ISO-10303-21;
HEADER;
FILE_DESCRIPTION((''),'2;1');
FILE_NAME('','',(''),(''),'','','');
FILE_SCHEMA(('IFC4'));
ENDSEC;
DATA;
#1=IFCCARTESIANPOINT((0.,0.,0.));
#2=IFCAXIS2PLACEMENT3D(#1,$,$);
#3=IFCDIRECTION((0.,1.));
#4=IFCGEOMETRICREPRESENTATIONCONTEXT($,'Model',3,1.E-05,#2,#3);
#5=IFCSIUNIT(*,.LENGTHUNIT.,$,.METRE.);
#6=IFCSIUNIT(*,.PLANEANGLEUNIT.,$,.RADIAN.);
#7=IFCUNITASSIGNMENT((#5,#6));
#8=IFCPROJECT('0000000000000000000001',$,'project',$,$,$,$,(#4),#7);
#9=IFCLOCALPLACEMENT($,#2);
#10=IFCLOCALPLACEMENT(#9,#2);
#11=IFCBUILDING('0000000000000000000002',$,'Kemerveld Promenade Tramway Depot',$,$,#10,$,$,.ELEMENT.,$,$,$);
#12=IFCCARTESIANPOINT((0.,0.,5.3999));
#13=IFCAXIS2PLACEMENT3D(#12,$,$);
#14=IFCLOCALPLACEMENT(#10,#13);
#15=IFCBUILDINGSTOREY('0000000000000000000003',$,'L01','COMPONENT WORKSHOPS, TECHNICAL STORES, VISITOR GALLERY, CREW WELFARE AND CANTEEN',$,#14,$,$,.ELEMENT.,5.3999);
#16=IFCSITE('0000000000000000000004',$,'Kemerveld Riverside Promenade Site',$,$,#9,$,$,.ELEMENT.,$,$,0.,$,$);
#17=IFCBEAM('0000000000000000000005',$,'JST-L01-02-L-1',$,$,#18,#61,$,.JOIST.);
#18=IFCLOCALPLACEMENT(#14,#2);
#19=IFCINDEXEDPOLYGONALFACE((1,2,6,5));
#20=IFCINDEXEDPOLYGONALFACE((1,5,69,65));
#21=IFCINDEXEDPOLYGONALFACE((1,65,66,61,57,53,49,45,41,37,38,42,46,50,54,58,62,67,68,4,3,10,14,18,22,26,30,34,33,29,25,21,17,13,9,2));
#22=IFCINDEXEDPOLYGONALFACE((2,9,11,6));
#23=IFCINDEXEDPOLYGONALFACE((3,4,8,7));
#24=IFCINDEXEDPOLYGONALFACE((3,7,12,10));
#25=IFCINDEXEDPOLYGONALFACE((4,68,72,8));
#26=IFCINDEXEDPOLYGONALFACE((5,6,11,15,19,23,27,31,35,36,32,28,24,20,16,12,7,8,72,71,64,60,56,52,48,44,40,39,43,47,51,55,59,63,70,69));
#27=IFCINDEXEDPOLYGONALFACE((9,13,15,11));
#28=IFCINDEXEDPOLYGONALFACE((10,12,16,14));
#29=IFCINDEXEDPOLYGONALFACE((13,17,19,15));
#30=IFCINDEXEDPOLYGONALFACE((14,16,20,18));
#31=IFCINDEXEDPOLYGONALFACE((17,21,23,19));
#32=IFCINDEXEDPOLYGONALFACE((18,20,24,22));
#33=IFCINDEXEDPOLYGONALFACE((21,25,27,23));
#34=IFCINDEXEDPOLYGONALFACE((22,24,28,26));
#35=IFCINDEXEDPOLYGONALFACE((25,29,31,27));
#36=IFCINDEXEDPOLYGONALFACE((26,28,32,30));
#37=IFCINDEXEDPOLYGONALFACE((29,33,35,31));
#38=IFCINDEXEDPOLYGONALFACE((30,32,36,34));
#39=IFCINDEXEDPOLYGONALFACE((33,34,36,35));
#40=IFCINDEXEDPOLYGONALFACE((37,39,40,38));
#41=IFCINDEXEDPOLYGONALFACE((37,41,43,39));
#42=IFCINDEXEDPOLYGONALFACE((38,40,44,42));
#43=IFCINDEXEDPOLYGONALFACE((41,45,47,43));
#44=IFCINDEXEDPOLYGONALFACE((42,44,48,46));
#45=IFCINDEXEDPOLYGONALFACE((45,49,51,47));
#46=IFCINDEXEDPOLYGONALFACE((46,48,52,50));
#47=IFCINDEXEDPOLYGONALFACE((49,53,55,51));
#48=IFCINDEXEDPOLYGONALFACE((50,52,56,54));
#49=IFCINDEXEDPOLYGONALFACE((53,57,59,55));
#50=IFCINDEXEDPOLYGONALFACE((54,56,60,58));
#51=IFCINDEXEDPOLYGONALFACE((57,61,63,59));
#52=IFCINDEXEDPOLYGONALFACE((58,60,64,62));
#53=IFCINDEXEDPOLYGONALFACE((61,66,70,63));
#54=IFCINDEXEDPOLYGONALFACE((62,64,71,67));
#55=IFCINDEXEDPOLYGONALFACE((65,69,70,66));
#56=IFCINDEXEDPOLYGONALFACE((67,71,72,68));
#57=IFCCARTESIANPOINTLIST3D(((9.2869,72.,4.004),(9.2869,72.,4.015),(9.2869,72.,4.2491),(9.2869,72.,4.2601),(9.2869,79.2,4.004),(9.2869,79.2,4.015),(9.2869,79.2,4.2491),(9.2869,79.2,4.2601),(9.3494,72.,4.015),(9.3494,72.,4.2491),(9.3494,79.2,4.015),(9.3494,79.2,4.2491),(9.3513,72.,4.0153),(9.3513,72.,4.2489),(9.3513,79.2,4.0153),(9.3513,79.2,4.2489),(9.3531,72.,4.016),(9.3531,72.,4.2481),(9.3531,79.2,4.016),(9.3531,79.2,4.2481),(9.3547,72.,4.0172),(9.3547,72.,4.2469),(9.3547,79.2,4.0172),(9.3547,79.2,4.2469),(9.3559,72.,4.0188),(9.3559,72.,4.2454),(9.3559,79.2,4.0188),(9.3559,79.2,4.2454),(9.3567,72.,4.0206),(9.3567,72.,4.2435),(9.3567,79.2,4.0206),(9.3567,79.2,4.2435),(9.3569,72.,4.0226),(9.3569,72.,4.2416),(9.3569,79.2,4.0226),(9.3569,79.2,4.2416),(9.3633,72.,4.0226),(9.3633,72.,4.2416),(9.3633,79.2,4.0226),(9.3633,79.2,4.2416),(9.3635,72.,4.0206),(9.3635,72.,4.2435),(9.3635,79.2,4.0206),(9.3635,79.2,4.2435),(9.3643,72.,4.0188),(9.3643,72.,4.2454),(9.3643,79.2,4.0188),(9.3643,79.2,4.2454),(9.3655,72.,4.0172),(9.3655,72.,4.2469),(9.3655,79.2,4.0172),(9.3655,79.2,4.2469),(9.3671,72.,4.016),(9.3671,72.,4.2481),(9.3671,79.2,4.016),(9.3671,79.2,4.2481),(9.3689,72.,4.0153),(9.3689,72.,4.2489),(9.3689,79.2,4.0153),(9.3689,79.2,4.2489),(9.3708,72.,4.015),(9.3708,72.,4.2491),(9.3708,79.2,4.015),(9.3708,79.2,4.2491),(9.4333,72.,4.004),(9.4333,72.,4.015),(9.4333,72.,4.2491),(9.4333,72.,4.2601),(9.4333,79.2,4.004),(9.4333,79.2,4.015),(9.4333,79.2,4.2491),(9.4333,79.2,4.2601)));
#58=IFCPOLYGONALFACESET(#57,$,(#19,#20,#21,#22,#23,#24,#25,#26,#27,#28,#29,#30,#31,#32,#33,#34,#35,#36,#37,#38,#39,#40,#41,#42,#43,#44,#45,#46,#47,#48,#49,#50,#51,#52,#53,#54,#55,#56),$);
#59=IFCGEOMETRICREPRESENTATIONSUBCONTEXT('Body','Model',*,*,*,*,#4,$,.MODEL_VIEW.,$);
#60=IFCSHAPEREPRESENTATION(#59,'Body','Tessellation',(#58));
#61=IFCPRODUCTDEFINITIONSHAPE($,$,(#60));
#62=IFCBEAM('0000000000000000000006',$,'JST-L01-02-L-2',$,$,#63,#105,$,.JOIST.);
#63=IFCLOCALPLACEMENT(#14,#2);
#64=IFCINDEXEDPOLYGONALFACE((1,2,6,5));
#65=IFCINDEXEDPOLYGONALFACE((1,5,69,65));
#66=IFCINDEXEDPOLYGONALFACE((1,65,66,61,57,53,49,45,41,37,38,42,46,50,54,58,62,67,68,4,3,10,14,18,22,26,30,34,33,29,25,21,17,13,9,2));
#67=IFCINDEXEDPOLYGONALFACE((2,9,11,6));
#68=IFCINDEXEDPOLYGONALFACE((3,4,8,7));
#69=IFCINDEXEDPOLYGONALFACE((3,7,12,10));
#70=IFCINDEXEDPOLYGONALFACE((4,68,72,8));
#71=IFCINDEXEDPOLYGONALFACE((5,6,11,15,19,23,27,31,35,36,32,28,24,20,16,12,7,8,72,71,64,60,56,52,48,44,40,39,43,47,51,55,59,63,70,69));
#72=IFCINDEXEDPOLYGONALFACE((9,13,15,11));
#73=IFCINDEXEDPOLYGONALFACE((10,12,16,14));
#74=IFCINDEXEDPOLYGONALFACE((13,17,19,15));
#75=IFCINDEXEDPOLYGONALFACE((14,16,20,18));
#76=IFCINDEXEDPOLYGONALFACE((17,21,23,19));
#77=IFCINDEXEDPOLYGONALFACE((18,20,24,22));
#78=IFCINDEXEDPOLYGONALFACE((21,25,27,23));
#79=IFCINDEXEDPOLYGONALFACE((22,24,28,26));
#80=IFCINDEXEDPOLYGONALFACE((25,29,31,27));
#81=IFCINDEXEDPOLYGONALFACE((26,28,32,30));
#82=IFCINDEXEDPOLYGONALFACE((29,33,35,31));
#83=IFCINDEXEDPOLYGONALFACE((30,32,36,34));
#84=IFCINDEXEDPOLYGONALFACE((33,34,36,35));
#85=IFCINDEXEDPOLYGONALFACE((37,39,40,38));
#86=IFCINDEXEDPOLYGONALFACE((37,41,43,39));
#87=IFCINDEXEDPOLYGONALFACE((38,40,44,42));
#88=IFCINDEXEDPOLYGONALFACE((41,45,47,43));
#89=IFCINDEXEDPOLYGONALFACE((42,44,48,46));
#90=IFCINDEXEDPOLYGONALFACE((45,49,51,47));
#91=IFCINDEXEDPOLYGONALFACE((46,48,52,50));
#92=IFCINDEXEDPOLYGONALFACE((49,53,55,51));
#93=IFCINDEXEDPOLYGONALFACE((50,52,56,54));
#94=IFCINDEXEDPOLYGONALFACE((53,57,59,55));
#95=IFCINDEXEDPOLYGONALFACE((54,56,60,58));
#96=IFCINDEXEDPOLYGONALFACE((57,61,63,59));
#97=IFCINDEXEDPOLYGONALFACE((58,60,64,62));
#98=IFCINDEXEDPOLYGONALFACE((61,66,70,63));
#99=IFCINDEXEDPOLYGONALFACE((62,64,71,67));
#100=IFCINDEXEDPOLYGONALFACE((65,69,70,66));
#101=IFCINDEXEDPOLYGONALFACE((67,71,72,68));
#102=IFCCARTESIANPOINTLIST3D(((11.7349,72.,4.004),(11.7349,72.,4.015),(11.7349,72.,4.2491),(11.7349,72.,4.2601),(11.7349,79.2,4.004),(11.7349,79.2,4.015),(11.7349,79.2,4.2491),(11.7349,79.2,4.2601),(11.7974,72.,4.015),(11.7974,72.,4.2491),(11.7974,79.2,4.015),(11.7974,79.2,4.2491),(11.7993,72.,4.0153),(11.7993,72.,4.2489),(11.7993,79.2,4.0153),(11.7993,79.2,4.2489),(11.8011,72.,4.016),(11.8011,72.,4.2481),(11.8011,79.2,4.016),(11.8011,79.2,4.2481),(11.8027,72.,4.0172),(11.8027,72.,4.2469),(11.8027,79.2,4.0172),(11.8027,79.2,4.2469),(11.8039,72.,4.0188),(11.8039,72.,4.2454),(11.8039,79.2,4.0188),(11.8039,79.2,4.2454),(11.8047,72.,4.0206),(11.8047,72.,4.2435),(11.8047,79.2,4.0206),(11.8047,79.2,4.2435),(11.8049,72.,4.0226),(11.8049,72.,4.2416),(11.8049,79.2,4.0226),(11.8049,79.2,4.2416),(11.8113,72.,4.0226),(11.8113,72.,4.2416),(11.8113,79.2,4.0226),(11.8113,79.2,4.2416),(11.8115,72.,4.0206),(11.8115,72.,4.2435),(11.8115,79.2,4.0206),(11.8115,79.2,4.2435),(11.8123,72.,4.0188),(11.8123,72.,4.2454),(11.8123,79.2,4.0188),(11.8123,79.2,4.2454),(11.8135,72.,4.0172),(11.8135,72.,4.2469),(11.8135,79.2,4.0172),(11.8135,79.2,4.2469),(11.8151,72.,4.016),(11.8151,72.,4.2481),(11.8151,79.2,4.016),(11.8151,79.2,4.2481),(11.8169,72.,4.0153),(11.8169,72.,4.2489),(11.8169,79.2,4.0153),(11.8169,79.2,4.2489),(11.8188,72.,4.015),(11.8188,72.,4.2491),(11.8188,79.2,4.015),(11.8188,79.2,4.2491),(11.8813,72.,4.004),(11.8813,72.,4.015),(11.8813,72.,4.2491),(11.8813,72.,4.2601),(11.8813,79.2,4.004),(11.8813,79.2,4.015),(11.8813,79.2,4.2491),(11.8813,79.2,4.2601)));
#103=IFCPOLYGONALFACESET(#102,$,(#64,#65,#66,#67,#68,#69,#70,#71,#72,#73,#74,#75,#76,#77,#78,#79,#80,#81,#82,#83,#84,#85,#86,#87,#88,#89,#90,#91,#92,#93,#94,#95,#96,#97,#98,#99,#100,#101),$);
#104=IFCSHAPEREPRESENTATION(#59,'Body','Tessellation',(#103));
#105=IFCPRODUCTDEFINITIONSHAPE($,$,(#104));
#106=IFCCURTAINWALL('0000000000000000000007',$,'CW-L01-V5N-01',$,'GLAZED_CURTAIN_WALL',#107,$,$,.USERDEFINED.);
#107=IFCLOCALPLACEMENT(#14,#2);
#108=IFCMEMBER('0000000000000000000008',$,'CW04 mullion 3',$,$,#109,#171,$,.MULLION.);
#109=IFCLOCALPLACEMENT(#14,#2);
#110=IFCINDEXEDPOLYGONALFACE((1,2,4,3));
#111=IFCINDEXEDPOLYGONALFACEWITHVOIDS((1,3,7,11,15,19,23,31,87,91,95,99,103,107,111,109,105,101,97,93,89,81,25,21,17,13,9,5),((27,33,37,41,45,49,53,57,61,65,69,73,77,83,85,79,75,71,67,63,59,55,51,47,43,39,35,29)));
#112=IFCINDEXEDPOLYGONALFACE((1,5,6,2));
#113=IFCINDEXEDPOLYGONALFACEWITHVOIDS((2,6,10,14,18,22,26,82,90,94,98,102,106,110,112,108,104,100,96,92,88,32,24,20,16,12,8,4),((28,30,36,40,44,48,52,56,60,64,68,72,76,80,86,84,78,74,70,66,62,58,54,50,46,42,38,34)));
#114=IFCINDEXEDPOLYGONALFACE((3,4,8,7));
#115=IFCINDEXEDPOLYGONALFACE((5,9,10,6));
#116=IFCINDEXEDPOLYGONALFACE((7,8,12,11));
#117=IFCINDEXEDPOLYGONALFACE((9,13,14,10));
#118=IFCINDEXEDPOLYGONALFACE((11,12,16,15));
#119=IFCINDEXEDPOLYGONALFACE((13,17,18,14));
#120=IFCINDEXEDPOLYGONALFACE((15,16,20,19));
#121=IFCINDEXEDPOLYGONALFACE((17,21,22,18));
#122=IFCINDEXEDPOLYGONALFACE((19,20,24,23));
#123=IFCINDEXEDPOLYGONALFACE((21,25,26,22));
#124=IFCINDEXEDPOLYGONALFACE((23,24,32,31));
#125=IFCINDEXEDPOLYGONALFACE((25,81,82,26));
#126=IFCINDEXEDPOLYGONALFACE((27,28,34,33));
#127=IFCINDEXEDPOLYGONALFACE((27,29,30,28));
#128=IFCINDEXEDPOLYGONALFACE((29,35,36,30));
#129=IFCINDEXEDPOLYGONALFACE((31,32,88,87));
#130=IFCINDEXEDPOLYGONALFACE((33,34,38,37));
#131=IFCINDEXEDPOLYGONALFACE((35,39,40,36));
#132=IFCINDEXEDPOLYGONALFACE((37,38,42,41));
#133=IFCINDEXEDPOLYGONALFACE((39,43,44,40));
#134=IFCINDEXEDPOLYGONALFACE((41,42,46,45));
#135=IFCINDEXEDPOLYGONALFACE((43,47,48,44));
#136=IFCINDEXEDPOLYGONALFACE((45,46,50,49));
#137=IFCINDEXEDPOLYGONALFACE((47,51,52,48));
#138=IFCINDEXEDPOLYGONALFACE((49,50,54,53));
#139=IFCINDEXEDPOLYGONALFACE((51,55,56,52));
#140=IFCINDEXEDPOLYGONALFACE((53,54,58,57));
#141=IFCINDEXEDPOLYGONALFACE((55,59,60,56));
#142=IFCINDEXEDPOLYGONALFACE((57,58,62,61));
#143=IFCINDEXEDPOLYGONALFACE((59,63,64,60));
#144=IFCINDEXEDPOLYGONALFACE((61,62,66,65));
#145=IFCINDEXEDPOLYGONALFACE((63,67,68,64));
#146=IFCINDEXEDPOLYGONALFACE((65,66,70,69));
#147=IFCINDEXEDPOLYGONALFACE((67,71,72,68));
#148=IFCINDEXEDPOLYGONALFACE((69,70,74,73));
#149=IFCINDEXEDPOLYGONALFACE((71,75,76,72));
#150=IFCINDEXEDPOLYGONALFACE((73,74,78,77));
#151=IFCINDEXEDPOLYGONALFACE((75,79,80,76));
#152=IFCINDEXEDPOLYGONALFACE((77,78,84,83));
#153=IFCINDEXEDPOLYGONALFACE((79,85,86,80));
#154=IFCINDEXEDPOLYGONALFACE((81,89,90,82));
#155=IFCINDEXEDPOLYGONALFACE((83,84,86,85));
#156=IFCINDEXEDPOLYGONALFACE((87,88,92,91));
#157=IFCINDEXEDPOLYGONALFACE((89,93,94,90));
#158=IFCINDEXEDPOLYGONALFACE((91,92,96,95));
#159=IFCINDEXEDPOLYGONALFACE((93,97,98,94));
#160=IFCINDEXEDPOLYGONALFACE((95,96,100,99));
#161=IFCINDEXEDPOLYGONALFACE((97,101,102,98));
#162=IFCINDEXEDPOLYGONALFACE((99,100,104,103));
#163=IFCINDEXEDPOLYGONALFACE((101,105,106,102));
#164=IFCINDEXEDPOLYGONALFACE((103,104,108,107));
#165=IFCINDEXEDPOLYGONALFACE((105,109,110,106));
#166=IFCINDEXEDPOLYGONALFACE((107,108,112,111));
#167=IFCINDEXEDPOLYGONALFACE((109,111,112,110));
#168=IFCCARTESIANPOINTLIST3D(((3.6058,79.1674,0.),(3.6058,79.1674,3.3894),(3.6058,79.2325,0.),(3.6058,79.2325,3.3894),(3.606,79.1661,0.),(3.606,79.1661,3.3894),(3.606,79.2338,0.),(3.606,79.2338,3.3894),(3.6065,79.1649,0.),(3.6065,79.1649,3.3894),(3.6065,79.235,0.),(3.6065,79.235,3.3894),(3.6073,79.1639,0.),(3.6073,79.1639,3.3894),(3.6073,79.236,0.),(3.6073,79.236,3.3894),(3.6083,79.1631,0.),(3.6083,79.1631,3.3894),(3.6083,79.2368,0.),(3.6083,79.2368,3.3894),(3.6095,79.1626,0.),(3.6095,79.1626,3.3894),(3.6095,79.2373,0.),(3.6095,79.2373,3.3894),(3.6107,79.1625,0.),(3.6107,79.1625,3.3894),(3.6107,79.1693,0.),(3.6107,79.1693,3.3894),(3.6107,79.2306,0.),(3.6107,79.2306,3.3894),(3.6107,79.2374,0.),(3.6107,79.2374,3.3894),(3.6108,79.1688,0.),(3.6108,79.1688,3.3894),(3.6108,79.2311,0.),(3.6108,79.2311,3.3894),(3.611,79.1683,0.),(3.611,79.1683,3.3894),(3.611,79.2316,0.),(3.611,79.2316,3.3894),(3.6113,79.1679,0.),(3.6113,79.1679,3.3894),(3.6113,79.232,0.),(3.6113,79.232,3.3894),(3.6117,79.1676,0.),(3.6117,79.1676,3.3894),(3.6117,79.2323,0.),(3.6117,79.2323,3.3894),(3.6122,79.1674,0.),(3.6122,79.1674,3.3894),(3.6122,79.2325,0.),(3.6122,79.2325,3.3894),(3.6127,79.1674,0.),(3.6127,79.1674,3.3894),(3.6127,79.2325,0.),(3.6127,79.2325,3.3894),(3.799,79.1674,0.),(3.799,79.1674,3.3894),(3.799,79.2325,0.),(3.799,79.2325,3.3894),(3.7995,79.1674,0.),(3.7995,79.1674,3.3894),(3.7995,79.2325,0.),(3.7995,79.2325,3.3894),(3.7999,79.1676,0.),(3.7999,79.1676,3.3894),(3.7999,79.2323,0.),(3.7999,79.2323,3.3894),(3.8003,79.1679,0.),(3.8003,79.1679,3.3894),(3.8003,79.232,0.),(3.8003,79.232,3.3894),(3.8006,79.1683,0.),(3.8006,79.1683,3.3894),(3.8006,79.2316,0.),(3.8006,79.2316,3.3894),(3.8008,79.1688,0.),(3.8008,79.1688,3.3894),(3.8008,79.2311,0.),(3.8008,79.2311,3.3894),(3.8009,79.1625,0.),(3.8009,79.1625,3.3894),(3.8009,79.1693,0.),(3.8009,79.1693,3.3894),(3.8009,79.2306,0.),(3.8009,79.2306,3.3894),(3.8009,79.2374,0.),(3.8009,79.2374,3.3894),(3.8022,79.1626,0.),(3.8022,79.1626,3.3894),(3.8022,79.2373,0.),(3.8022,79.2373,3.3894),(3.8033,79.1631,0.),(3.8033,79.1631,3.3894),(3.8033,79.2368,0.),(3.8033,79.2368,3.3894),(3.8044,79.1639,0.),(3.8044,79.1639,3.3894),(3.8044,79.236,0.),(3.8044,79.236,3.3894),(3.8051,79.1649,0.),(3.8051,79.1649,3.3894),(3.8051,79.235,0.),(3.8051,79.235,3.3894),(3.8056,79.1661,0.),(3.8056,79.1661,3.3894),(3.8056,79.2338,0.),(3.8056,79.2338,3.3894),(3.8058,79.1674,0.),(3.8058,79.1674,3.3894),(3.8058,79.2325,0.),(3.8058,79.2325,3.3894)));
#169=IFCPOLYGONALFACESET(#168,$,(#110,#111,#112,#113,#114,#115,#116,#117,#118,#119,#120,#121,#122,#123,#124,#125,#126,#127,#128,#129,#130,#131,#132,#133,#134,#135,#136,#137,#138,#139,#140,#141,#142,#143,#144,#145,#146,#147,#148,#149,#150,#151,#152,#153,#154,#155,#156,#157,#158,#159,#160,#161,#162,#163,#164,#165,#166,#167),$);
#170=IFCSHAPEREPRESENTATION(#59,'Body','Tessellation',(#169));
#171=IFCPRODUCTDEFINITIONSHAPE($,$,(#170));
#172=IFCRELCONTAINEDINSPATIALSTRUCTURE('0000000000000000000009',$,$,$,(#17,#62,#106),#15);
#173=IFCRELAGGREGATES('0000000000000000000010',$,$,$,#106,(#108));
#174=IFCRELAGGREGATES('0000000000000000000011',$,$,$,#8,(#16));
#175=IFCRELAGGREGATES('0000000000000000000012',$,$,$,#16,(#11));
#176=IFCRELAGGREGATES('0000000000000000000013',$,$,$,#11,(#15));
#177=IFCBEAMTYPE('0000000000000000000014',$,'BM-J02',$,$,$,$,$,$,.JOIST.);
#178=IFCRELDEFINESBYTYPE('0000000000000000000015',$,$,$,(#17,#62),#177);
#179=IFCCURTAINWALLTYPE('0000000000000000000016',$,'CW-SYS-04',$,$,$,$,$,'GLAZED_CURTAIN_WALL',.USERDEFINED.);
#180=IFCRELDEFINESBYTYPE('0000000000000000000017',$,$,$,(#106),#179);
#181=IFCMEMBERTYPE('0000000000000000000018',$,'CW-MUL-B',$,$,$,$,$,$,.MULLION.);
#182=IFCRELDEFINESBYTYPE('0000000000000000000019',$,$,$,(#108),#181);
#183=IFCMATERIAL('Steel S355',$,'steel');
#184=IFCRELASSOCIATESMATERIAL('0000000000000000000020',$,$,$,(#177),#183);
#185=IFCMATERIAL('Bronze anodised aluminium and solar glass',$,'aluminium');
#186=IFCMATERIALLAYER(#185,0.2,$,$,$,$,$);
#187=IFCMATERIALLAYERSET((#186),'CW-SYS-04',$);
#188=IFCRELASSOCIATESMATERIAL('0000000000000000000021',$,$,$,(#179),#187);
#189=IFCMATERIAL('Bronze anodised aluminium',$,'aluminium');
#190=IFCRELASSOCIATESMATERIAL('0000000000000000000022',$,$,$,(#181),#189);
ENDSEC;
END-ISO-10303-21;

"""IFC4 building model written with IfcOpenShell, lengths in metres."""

from ifc_helpers import new_model, si_unit, direction, frame, origin, origin_2d, place, context, subcontext, project, spatial, hollow_rectangle, i_section, extrude, material, layer, layer_set, material_profile, profile_set, type_object, element, aggregate, save


model = new_model("IFC4")

# Units and contexts
model_context = context("Model", 3, precision=1e-05, world=origin(), true_north=direction((0.0, 1.0)))
body_context = subcontext(model_context, "Body", "Model", "MODEL_VIEW")
ifc_project = project(units=[si_unit("LENGTHUNIT", "METRE"), si_unit("PLANEANGLEUNIT", "RADIAN")], contexts=[model_context])

# Site, building, storey
site_placement = place(None, origin())
site = spatial("IfcSite", under=ifc_project, at=site_placement, Name="Kemerveld Riverside Promenade Site", CompositionType="ELEMENT", RefElevation=0.0)
building_placement = place(site_placement, origin())
building = spatial("IfcBuilding", under=site, at=building_placement, Name="Kemerveld Promenade Tramway Depot", CompositionType="ELEMENT")
storey_placement = place(building_placement, frame((0.0, 0.0, 5.3999)))
storey = spatial("IfcBuildingStorey", under=building, at=storey_placement, Name="L01", Description="COMPONENT WORKSHOPS, TECHNICAL STORES, VISITOR GALLERY, CREW WELFARE AND CANTEEN", CompositionType="ELEMENT", Elevation=5.3999)

# Shared definitions
ifc_material_1 = material(Name="Steel S355", Category="steel")

# Beams
ifc_material_profile_1 = material_profile(ifc_material_1, i_section(OverallWidth=0.1465, OverallDepth=0.2561, WebThickness=0.0063, FlangeThickness=0.011, FilletRadius=0.0076, at=origin_2d()), Name="254x146x37 UB")
ifc_profile_set_1 = profile_set([ifc_material_profile_1], Name="Steel S355")
beam_type_1 = type_object("IfcBeamType", Name="BM-J02", PredefinedType="JOIST", material=ifc_profile_set_1)
for number, where, z_axis, x_axis, name in (
    (1, (9.3601, 72.0, 4.1321), (0.0, 1.0, 0.0), (-1.0, 0.0, 0.0), "JST-L01-02-L-1"),
    (2, (11.8081, 72.0, 4.1321), (0.0, 1.0, 0.0), (-1.0, 0.0, 0.0), "JST-L01-02-L-2"),
):
    element("IfcBeam", number, at=place(storey_placement, frame(where, z_axis=z_axis, x_axis=x_axis)), inside=storey, type_object=beam_type_1, Name=name, PredefinedType="JOIST", context=body_context, shape_type="SweptSolid", body=[
        extrude(i_section(OverallWidth=0.1465, OverallDepth=0.2561, WebThickness=0.0063, FlangeThickness=0.011, FilletRadius=0.0076, at=origin_2d()), origin(), (0.0, 0.0, 1.0), 7.2),
    ])

# Curtain wall, member
ifc_material_2 = material(Name="Bronze anodised aluminium and solar glass", Category="aluminium")
ifc_layer_1 = layer(ifc_material_2, 0.2)
ifc_layer_set_1 = layer_set([ifc_layer_1], Name="CW-SYS-04")
curtain_wall_type = type_object("IfcCurtainWallType", Name="CW-SYS-04", ElementType="GLAZED_CURTAIN_WALL", PredefinedType="USERDEFINED", material=ifc_layer_set_1)
curtain_wall_placement = place(storey_placement, origin())
curtain_wall = element("IfcCurtainWall", 3, at=curtain_wall_placement, inside=storey, type_object=curtain_wall_type, Name="CW-L01-V5N-01", ObjectType="GLAZED_CURTAIN_WALL", PredefinedType="USERDEFINED")
ifc_material_3 = material(Name="Bronze anodised aluminium", Category="aluminium")
ifc_material_profile_2 = material_profile(ifc_material_3, hollow_rectangle(XDim=0.075, YDim=0.2, WallThickness=0.0049, InnerFilletRadius=0.002, OuterFilletRadius=0.0049, at=origin_2d()), Name="CW-MUL-200x75")
ifc_profile_set_2 = profile_set([ifc_material_profile_2], Name="Bronze anodised aluminium")
member_type_1 = type_object("IfcMemberType", Name="CW-MUL-B", PredefinedType="MULLION", material=ifc_profile_set_2)
member_1_placement = place(storey_placement, frame((3.7058, 79.2, 0.0), z_axis=(0.0, 0.0, 1.0), x_axis=(0.0, 1.0, 0.0)))
member_1 = element("IfcMember", 4, at=member_1_placement, type_object=member_type_1, Name="CW04 mullion 3", PredefinedType="MULLION", context=body_context, shape_type="SweptSolid", body=[
    extrude(hollow_rectangle(XDim=0.075, YDim=0.2, WallThickness=0.0049, InnerFilletRadius=0.002, OuterFilletRadius=0.0049, at=origin_2d()), origin(), (0.0, 0.0, 1.0), 3.3894),
])
aggregate(curtain_wall, [member_1])

save(model, "model.ifc")
